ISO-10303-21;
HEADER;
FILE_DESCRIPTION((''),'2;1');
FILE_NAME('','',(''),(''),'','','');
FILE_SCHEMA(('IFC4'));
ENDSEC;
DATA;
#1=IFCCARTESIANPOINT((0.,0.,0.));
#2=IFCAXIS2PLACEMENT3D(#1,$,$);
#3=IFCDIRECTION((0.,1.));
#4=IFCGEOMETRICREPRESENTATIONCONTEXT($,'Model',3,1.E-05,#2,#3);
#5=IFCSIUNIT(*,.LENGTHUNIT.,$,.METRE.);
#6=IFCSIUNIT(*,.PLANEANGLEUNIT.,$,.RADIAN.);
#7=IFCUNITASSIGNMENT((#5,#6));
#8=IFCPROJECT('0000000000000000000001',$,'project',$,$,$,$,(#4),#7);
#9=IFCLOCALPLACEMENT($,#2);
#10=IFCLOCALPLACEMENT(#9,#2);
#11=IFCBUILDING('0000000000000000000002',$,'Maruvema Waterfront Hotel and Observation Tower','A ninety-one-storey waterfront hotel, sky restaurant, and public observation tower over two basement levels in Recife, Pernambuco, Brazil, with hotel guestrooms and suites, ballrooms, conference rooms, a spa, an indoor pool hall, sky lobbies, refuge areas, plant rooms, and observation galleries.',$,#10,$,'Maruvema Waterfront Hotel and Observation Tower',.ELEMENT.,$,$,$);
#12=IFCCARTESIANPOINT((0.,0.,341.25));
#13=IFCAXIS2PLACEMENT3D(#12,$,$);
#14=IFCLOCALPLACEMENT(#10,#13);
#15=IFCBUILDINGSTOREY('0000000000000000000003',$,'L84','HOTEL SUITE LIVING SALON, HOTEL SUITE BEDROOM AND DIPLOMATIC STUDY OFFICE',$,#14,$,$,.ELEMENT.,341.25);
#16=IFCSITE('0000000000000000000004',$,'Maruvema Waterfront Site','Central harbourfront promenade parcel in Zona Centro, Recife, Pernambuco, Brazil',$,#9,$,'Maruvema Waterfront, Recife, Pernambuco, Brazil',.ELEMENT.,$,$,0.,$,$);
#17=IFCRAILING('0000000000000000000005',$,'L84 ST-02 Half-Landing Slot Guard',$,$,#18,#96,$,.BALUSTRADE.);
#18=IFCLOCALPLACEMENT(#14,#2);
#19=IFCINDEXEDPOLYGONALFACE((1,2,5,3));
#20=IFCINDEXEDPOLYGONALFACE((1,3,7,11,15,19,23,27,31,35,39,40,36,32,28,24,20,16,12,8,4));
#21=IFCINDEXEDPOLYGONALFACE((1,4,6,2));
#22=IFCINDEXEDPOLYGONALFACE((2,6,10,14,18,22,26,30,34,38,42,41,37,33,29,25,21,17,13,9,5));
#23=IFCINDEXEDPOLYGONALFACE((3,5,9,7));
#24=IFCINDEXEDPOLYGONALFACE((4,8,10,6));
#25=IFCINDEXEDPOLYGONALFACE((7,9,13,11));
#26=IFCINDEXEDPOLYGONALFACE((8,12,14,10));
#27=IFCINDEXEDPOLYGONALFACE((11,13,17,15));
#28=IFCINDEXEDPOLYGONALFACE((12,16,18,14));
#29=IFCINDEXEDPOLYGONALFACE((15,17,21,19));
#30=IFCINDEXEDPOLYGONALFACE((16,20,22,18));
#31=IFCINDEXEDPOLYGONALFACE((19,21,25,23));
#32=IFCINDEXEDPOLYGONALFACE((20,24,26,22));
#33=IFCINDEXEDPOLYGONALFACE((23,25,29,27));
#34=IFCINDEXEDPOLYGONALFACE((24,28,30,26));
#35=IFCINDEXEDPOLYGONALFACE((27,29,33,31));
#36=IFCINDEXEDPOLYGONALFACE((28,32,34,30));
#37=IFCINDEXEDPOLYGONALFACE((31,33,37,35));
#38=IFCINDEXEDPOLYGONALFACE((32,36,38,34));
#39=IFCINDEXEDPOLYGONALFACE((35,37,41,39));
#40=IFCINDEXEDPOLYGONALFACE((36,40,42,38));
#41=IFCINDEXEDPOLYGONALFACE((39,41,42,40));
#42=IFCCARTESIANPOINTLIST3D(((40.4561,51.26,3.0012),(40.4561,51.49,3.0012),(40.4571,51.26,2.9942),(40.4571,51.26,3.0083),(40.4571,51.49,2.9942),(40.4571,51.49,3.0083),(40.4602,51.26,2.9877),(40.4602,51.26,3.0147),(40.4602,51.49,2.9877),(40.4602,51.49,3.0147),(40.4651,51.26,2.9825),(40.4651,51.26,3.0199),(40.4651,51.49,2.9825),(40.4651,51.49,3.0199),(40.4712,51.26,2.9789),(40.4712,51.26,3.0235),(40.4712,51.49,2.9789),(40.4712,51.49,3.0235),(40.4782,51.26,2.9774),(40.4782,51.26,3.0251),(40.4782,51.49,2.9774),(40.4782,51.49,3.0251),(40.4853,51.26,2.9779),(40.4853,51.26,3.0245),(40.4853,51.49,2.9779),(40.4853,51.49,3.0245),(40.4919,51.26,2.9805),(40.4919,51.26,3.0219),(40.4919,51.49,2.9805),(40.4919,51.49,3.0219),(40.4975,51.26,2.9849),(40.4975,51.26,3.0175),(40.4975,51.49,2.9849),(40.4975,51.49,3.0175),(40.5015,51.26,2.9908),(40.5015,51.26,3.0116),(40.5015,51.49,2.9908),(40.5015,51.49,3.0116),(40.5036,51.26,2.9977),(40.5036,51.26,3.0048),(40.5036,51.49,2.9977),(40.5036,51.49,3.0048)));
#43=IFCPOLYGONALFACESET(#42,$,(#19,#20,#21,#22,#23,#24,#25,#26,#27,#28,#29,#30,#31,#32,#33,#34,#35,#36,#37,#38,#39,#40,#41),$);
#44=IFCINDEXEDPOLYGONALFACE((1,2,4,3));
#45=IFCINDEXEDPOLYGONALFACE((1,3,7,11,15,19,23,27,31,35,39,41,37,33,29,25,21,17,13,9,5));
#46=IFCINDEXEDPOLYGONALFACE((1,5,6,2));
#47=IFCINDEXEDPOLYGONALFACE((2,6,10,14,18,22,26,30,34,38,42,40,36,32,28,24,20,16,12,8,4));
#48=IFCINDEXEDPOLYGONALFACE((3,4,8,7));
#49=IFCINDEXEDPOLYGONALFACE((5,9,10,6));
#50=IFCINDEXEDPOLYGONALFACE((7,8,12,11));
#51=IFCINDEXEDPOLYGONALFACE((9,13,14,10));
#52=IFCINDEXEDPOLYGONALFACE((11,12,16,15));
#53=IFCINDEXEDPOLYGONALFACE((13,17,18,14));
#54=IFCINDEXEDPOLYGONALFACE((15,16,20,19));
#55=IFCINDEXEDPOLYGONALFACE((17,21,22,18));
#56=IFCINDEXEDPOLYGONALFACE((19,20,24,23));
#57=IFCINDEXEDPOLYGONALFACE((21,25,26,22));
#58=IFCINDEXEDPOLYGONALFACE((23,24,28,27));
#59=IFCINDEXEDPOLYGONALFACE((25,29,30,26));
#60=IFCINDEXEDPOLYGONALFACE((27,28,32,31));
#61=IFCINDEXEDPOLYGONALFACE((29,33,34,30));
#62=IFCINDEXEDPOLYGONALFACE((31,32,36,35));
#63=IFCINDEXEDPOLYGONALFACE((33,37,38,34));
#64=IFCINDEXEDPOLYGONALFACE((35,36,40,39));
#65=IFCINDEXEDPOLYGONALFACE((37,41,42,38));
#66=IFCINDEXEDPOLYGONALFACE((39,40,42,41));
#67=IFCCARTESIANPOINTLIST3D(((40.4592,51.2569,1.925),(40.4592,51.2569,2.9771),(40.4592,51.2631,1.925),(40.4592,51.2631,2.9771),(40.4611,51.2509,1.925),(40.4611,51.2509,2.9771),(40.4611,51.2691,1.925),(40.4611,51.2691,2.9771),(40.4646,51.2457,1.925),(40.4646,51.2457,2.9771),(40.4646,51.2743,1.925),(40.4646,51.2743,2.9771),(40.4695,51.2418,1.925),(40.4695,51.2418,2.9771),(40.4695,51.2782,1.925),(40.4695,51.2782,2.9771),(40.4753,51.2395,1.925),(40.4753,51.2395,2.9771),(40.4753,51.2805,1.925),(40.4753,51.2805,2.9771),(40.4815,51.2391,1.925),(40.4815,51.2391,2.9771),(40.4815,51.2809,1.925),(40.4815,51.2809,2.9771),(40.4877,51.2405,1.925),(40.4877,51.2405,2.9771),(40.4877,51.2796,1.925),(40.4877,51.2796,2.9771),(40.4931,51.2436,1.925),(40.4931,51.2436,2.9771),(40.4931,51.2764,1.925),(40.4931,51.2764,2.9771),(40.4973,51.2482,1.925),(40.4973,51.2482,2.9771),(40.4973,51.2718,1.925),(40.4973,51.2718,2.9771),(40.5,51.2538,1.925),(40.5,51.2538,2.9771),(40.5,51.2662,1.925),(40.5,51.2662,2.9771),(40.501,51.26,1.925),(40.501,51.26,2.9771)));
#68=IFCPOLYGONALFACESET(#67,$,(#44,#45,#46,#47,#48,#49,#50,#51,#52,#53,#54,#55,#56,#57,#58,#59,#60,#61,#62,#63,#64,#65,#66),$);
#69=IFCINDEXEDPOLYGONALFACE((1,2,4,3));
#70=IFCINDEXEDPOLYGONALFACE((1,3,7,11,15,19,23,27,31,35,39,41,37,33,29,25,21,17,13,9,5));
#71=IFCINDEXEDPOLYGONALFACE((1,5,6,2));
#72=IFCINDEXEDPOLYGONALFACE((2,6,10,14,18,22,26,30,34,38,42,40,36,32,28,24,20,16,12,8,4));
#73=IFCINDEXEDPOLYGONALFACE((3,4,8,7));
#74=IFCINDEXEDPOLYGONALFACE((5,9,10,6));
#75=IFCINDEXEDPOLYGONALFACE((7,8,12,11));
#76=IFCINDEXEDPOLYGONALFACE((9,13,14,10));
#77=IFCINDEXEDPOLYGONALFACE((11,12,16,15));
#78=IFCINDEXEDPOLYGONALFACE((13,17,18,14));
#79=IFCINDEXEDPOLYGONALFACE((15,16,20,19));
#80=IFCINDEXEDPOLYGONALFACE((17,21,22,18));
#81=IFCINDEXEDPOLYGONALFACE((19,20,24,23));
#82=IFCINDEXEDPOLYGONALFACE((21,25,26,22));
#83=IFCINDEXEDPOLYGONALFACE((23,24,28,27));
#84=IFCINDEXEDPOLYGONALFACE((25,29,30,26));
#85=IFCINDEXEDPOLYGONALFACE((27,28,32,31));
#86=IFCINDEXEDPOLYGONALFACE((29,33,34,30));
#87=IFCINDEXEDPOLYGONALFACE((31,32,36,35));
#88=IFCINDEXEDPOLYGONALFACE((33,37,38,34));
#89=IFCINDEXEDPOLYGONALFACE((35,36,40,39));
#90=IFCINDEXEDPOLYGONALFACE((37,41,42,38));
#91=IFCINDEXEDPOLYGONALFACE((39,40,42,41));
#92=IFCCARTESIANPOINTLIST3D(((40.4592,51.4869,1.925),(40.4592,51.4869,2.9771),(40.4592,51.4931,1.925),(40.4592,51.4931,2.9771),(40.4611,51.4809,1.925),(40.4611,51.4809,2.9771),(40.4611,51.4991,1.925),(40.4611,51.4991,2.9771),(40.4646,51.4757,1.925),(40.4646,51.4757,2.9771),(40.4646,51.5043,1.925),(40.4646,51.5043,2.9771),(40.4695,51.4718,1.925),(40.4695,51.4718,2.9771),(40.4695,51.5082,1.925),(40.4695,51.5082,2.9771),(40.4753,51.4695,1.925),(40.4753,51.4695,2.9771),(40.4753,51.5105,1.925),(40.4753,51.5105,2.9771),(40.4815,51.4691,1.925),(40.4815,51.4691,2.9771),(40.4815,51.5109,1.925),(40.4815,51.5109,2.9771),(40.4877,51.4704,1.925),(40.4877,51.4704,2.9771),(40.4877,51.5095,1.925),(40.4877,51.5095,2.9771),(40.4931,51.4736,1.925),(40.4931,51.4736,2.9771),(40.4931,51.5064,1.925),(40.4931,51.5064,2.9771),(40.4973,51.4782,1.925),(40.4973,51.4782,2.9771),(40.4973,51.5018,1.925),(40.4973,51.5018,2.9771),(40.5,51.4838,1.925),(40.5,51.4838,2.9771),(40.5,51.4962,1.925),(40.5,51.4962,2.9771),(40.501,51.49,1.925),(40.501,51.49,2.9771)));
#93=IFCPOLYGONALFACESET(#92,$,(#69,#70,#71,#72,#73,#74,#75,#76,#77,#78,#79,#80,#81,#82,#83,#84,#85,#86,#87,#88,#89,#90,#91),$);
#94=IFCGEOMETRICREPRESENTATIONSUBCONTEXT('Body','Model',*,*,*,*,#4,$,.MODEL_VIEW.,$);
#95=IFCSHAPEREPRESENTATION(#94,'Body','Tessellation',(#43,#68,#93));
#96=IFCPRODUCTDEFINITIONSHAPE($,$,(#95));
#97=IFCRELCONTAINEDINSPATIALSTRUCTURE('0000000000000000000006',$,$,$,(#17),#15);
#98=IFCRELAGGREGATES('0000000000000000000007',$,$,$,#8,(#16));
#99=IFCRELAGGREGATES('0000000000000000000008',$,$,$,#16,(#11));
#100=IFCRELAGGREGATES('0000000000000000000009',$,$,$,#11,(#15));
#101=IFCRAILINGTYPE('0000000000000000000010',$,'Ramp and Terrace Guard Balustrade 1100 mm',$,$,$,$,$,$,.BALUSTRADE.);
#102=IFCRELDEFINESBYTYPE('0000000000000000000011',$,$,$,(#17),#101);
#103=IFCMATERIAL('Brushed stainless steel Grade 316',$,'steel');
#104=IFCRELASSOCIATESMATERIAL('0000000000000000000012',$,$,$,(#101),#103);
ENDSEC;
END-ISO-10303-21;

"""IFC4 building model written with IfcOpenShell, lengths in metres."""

from ifc_helpers import new_model, si_unit, direction, frame, origin, origin_2d, place, context, subcontext, project, spatial, circle, extrude, material, type_object, element, save


model = new_model("IFC4")

# Units and contexts
model_context = context("Model", 3, precision=1e-05, world=origin(), true_north=direction((0.0, 1.0)))
body_context = subcontext(model_context, "Body", "Model", "MODEL_VIEW")
ifc_project = project(units=[si_unit("LENGTHUNIT", "METRE"), si_unit("PLANEANGLEUNIT", "RADIAN")], contexts=[model_context])

# Site, building, storey
site_placement = place(None, origin())
site = spatial("IfcSite", under=ifc_project, at=site_placement, Name="Maruvema Waterfront Site", Description="Central harbourfront promenade parcel in Zona Centro, Recife, Pernambuco, Brazil", LongName="Maruvema Waterfront, Recife, Pernambuco, Brazil", CompositionType="ELEMENT", RefElevation=0.0)
building_placement = place(site_placement, origin())
building = spatial("IfcBuilding", under=site, at=building_placement, Name="Maruvema Waterfront Hotel and Observation Tower", Description="A ninety-one-storey waterfront hotel, sky restaurant, and public observation tower over two basement levels in Recife, Pernambuco, Brazil, with hotel guestrooms and suites, ballrooms, conference rooms, a spa, an indoor pool hall, sky lobbies, refuge areas, plant rooms, and observation galleries.", LongName="Maruvema Waterfront Hotel and Observation Tower", CompositionType="ELEMENT")
storey_placement = place(building_placement, frame((0.0, 0.0, 341.25)))
storey = spatial("IfcBuildingStorey", under=building, at=storey_placement, Name="L84", Description="HOTEL SUITE LIVING SALON, HOTEL SUITE BEDROOM AND DIPLOMATIC STUDY OFFICE", CompositionType="ELEMENT", Elevation=341.25)

# Railing
ifc_material_1 = material(Name="Brushed stainless steel Grade 316", Category="steel")
railing_type_1 = type_object("IfcRailingType", Name="Ramp and Terrace Guard Balustrade 1100 mm", PredefinedType="BALUSTRADE", material=ifc_material_1)
railing_1_placement = place(storey_placement, frame((40.48, 51.26, 1.925)))
element("IfcRailing", 1, at=railing_1_placement, inside=storey, type_object=railing_type_1, Name="L84 ST-02 Half-Landing Slot Guard", PredefinedType="BALUSTRADE", context=body_context, shape_type="SweptSolid", body=[
    extrude(circle(Radius=0.0239, at=origin_2d()), frame((0.0, 0.0, 1.0762), z_axis=(0.0, 1.0, 0.0), x_axis=(-1.0, 0.0, 0.0)), (0.0, 0.0, 1.0), 0.23),
    extrude(circle(Radius=0.021, at=origin_2d()), origin(), (0.0, 0.0, 1.0), 1.052),
    extrude(circle(Radius=0.021, at=origin_2d()), frame((0.0, 0.23, 0.0)), (0.0, 0.0, 1.0), 1.052),
])

save(model, "model.ifc")
